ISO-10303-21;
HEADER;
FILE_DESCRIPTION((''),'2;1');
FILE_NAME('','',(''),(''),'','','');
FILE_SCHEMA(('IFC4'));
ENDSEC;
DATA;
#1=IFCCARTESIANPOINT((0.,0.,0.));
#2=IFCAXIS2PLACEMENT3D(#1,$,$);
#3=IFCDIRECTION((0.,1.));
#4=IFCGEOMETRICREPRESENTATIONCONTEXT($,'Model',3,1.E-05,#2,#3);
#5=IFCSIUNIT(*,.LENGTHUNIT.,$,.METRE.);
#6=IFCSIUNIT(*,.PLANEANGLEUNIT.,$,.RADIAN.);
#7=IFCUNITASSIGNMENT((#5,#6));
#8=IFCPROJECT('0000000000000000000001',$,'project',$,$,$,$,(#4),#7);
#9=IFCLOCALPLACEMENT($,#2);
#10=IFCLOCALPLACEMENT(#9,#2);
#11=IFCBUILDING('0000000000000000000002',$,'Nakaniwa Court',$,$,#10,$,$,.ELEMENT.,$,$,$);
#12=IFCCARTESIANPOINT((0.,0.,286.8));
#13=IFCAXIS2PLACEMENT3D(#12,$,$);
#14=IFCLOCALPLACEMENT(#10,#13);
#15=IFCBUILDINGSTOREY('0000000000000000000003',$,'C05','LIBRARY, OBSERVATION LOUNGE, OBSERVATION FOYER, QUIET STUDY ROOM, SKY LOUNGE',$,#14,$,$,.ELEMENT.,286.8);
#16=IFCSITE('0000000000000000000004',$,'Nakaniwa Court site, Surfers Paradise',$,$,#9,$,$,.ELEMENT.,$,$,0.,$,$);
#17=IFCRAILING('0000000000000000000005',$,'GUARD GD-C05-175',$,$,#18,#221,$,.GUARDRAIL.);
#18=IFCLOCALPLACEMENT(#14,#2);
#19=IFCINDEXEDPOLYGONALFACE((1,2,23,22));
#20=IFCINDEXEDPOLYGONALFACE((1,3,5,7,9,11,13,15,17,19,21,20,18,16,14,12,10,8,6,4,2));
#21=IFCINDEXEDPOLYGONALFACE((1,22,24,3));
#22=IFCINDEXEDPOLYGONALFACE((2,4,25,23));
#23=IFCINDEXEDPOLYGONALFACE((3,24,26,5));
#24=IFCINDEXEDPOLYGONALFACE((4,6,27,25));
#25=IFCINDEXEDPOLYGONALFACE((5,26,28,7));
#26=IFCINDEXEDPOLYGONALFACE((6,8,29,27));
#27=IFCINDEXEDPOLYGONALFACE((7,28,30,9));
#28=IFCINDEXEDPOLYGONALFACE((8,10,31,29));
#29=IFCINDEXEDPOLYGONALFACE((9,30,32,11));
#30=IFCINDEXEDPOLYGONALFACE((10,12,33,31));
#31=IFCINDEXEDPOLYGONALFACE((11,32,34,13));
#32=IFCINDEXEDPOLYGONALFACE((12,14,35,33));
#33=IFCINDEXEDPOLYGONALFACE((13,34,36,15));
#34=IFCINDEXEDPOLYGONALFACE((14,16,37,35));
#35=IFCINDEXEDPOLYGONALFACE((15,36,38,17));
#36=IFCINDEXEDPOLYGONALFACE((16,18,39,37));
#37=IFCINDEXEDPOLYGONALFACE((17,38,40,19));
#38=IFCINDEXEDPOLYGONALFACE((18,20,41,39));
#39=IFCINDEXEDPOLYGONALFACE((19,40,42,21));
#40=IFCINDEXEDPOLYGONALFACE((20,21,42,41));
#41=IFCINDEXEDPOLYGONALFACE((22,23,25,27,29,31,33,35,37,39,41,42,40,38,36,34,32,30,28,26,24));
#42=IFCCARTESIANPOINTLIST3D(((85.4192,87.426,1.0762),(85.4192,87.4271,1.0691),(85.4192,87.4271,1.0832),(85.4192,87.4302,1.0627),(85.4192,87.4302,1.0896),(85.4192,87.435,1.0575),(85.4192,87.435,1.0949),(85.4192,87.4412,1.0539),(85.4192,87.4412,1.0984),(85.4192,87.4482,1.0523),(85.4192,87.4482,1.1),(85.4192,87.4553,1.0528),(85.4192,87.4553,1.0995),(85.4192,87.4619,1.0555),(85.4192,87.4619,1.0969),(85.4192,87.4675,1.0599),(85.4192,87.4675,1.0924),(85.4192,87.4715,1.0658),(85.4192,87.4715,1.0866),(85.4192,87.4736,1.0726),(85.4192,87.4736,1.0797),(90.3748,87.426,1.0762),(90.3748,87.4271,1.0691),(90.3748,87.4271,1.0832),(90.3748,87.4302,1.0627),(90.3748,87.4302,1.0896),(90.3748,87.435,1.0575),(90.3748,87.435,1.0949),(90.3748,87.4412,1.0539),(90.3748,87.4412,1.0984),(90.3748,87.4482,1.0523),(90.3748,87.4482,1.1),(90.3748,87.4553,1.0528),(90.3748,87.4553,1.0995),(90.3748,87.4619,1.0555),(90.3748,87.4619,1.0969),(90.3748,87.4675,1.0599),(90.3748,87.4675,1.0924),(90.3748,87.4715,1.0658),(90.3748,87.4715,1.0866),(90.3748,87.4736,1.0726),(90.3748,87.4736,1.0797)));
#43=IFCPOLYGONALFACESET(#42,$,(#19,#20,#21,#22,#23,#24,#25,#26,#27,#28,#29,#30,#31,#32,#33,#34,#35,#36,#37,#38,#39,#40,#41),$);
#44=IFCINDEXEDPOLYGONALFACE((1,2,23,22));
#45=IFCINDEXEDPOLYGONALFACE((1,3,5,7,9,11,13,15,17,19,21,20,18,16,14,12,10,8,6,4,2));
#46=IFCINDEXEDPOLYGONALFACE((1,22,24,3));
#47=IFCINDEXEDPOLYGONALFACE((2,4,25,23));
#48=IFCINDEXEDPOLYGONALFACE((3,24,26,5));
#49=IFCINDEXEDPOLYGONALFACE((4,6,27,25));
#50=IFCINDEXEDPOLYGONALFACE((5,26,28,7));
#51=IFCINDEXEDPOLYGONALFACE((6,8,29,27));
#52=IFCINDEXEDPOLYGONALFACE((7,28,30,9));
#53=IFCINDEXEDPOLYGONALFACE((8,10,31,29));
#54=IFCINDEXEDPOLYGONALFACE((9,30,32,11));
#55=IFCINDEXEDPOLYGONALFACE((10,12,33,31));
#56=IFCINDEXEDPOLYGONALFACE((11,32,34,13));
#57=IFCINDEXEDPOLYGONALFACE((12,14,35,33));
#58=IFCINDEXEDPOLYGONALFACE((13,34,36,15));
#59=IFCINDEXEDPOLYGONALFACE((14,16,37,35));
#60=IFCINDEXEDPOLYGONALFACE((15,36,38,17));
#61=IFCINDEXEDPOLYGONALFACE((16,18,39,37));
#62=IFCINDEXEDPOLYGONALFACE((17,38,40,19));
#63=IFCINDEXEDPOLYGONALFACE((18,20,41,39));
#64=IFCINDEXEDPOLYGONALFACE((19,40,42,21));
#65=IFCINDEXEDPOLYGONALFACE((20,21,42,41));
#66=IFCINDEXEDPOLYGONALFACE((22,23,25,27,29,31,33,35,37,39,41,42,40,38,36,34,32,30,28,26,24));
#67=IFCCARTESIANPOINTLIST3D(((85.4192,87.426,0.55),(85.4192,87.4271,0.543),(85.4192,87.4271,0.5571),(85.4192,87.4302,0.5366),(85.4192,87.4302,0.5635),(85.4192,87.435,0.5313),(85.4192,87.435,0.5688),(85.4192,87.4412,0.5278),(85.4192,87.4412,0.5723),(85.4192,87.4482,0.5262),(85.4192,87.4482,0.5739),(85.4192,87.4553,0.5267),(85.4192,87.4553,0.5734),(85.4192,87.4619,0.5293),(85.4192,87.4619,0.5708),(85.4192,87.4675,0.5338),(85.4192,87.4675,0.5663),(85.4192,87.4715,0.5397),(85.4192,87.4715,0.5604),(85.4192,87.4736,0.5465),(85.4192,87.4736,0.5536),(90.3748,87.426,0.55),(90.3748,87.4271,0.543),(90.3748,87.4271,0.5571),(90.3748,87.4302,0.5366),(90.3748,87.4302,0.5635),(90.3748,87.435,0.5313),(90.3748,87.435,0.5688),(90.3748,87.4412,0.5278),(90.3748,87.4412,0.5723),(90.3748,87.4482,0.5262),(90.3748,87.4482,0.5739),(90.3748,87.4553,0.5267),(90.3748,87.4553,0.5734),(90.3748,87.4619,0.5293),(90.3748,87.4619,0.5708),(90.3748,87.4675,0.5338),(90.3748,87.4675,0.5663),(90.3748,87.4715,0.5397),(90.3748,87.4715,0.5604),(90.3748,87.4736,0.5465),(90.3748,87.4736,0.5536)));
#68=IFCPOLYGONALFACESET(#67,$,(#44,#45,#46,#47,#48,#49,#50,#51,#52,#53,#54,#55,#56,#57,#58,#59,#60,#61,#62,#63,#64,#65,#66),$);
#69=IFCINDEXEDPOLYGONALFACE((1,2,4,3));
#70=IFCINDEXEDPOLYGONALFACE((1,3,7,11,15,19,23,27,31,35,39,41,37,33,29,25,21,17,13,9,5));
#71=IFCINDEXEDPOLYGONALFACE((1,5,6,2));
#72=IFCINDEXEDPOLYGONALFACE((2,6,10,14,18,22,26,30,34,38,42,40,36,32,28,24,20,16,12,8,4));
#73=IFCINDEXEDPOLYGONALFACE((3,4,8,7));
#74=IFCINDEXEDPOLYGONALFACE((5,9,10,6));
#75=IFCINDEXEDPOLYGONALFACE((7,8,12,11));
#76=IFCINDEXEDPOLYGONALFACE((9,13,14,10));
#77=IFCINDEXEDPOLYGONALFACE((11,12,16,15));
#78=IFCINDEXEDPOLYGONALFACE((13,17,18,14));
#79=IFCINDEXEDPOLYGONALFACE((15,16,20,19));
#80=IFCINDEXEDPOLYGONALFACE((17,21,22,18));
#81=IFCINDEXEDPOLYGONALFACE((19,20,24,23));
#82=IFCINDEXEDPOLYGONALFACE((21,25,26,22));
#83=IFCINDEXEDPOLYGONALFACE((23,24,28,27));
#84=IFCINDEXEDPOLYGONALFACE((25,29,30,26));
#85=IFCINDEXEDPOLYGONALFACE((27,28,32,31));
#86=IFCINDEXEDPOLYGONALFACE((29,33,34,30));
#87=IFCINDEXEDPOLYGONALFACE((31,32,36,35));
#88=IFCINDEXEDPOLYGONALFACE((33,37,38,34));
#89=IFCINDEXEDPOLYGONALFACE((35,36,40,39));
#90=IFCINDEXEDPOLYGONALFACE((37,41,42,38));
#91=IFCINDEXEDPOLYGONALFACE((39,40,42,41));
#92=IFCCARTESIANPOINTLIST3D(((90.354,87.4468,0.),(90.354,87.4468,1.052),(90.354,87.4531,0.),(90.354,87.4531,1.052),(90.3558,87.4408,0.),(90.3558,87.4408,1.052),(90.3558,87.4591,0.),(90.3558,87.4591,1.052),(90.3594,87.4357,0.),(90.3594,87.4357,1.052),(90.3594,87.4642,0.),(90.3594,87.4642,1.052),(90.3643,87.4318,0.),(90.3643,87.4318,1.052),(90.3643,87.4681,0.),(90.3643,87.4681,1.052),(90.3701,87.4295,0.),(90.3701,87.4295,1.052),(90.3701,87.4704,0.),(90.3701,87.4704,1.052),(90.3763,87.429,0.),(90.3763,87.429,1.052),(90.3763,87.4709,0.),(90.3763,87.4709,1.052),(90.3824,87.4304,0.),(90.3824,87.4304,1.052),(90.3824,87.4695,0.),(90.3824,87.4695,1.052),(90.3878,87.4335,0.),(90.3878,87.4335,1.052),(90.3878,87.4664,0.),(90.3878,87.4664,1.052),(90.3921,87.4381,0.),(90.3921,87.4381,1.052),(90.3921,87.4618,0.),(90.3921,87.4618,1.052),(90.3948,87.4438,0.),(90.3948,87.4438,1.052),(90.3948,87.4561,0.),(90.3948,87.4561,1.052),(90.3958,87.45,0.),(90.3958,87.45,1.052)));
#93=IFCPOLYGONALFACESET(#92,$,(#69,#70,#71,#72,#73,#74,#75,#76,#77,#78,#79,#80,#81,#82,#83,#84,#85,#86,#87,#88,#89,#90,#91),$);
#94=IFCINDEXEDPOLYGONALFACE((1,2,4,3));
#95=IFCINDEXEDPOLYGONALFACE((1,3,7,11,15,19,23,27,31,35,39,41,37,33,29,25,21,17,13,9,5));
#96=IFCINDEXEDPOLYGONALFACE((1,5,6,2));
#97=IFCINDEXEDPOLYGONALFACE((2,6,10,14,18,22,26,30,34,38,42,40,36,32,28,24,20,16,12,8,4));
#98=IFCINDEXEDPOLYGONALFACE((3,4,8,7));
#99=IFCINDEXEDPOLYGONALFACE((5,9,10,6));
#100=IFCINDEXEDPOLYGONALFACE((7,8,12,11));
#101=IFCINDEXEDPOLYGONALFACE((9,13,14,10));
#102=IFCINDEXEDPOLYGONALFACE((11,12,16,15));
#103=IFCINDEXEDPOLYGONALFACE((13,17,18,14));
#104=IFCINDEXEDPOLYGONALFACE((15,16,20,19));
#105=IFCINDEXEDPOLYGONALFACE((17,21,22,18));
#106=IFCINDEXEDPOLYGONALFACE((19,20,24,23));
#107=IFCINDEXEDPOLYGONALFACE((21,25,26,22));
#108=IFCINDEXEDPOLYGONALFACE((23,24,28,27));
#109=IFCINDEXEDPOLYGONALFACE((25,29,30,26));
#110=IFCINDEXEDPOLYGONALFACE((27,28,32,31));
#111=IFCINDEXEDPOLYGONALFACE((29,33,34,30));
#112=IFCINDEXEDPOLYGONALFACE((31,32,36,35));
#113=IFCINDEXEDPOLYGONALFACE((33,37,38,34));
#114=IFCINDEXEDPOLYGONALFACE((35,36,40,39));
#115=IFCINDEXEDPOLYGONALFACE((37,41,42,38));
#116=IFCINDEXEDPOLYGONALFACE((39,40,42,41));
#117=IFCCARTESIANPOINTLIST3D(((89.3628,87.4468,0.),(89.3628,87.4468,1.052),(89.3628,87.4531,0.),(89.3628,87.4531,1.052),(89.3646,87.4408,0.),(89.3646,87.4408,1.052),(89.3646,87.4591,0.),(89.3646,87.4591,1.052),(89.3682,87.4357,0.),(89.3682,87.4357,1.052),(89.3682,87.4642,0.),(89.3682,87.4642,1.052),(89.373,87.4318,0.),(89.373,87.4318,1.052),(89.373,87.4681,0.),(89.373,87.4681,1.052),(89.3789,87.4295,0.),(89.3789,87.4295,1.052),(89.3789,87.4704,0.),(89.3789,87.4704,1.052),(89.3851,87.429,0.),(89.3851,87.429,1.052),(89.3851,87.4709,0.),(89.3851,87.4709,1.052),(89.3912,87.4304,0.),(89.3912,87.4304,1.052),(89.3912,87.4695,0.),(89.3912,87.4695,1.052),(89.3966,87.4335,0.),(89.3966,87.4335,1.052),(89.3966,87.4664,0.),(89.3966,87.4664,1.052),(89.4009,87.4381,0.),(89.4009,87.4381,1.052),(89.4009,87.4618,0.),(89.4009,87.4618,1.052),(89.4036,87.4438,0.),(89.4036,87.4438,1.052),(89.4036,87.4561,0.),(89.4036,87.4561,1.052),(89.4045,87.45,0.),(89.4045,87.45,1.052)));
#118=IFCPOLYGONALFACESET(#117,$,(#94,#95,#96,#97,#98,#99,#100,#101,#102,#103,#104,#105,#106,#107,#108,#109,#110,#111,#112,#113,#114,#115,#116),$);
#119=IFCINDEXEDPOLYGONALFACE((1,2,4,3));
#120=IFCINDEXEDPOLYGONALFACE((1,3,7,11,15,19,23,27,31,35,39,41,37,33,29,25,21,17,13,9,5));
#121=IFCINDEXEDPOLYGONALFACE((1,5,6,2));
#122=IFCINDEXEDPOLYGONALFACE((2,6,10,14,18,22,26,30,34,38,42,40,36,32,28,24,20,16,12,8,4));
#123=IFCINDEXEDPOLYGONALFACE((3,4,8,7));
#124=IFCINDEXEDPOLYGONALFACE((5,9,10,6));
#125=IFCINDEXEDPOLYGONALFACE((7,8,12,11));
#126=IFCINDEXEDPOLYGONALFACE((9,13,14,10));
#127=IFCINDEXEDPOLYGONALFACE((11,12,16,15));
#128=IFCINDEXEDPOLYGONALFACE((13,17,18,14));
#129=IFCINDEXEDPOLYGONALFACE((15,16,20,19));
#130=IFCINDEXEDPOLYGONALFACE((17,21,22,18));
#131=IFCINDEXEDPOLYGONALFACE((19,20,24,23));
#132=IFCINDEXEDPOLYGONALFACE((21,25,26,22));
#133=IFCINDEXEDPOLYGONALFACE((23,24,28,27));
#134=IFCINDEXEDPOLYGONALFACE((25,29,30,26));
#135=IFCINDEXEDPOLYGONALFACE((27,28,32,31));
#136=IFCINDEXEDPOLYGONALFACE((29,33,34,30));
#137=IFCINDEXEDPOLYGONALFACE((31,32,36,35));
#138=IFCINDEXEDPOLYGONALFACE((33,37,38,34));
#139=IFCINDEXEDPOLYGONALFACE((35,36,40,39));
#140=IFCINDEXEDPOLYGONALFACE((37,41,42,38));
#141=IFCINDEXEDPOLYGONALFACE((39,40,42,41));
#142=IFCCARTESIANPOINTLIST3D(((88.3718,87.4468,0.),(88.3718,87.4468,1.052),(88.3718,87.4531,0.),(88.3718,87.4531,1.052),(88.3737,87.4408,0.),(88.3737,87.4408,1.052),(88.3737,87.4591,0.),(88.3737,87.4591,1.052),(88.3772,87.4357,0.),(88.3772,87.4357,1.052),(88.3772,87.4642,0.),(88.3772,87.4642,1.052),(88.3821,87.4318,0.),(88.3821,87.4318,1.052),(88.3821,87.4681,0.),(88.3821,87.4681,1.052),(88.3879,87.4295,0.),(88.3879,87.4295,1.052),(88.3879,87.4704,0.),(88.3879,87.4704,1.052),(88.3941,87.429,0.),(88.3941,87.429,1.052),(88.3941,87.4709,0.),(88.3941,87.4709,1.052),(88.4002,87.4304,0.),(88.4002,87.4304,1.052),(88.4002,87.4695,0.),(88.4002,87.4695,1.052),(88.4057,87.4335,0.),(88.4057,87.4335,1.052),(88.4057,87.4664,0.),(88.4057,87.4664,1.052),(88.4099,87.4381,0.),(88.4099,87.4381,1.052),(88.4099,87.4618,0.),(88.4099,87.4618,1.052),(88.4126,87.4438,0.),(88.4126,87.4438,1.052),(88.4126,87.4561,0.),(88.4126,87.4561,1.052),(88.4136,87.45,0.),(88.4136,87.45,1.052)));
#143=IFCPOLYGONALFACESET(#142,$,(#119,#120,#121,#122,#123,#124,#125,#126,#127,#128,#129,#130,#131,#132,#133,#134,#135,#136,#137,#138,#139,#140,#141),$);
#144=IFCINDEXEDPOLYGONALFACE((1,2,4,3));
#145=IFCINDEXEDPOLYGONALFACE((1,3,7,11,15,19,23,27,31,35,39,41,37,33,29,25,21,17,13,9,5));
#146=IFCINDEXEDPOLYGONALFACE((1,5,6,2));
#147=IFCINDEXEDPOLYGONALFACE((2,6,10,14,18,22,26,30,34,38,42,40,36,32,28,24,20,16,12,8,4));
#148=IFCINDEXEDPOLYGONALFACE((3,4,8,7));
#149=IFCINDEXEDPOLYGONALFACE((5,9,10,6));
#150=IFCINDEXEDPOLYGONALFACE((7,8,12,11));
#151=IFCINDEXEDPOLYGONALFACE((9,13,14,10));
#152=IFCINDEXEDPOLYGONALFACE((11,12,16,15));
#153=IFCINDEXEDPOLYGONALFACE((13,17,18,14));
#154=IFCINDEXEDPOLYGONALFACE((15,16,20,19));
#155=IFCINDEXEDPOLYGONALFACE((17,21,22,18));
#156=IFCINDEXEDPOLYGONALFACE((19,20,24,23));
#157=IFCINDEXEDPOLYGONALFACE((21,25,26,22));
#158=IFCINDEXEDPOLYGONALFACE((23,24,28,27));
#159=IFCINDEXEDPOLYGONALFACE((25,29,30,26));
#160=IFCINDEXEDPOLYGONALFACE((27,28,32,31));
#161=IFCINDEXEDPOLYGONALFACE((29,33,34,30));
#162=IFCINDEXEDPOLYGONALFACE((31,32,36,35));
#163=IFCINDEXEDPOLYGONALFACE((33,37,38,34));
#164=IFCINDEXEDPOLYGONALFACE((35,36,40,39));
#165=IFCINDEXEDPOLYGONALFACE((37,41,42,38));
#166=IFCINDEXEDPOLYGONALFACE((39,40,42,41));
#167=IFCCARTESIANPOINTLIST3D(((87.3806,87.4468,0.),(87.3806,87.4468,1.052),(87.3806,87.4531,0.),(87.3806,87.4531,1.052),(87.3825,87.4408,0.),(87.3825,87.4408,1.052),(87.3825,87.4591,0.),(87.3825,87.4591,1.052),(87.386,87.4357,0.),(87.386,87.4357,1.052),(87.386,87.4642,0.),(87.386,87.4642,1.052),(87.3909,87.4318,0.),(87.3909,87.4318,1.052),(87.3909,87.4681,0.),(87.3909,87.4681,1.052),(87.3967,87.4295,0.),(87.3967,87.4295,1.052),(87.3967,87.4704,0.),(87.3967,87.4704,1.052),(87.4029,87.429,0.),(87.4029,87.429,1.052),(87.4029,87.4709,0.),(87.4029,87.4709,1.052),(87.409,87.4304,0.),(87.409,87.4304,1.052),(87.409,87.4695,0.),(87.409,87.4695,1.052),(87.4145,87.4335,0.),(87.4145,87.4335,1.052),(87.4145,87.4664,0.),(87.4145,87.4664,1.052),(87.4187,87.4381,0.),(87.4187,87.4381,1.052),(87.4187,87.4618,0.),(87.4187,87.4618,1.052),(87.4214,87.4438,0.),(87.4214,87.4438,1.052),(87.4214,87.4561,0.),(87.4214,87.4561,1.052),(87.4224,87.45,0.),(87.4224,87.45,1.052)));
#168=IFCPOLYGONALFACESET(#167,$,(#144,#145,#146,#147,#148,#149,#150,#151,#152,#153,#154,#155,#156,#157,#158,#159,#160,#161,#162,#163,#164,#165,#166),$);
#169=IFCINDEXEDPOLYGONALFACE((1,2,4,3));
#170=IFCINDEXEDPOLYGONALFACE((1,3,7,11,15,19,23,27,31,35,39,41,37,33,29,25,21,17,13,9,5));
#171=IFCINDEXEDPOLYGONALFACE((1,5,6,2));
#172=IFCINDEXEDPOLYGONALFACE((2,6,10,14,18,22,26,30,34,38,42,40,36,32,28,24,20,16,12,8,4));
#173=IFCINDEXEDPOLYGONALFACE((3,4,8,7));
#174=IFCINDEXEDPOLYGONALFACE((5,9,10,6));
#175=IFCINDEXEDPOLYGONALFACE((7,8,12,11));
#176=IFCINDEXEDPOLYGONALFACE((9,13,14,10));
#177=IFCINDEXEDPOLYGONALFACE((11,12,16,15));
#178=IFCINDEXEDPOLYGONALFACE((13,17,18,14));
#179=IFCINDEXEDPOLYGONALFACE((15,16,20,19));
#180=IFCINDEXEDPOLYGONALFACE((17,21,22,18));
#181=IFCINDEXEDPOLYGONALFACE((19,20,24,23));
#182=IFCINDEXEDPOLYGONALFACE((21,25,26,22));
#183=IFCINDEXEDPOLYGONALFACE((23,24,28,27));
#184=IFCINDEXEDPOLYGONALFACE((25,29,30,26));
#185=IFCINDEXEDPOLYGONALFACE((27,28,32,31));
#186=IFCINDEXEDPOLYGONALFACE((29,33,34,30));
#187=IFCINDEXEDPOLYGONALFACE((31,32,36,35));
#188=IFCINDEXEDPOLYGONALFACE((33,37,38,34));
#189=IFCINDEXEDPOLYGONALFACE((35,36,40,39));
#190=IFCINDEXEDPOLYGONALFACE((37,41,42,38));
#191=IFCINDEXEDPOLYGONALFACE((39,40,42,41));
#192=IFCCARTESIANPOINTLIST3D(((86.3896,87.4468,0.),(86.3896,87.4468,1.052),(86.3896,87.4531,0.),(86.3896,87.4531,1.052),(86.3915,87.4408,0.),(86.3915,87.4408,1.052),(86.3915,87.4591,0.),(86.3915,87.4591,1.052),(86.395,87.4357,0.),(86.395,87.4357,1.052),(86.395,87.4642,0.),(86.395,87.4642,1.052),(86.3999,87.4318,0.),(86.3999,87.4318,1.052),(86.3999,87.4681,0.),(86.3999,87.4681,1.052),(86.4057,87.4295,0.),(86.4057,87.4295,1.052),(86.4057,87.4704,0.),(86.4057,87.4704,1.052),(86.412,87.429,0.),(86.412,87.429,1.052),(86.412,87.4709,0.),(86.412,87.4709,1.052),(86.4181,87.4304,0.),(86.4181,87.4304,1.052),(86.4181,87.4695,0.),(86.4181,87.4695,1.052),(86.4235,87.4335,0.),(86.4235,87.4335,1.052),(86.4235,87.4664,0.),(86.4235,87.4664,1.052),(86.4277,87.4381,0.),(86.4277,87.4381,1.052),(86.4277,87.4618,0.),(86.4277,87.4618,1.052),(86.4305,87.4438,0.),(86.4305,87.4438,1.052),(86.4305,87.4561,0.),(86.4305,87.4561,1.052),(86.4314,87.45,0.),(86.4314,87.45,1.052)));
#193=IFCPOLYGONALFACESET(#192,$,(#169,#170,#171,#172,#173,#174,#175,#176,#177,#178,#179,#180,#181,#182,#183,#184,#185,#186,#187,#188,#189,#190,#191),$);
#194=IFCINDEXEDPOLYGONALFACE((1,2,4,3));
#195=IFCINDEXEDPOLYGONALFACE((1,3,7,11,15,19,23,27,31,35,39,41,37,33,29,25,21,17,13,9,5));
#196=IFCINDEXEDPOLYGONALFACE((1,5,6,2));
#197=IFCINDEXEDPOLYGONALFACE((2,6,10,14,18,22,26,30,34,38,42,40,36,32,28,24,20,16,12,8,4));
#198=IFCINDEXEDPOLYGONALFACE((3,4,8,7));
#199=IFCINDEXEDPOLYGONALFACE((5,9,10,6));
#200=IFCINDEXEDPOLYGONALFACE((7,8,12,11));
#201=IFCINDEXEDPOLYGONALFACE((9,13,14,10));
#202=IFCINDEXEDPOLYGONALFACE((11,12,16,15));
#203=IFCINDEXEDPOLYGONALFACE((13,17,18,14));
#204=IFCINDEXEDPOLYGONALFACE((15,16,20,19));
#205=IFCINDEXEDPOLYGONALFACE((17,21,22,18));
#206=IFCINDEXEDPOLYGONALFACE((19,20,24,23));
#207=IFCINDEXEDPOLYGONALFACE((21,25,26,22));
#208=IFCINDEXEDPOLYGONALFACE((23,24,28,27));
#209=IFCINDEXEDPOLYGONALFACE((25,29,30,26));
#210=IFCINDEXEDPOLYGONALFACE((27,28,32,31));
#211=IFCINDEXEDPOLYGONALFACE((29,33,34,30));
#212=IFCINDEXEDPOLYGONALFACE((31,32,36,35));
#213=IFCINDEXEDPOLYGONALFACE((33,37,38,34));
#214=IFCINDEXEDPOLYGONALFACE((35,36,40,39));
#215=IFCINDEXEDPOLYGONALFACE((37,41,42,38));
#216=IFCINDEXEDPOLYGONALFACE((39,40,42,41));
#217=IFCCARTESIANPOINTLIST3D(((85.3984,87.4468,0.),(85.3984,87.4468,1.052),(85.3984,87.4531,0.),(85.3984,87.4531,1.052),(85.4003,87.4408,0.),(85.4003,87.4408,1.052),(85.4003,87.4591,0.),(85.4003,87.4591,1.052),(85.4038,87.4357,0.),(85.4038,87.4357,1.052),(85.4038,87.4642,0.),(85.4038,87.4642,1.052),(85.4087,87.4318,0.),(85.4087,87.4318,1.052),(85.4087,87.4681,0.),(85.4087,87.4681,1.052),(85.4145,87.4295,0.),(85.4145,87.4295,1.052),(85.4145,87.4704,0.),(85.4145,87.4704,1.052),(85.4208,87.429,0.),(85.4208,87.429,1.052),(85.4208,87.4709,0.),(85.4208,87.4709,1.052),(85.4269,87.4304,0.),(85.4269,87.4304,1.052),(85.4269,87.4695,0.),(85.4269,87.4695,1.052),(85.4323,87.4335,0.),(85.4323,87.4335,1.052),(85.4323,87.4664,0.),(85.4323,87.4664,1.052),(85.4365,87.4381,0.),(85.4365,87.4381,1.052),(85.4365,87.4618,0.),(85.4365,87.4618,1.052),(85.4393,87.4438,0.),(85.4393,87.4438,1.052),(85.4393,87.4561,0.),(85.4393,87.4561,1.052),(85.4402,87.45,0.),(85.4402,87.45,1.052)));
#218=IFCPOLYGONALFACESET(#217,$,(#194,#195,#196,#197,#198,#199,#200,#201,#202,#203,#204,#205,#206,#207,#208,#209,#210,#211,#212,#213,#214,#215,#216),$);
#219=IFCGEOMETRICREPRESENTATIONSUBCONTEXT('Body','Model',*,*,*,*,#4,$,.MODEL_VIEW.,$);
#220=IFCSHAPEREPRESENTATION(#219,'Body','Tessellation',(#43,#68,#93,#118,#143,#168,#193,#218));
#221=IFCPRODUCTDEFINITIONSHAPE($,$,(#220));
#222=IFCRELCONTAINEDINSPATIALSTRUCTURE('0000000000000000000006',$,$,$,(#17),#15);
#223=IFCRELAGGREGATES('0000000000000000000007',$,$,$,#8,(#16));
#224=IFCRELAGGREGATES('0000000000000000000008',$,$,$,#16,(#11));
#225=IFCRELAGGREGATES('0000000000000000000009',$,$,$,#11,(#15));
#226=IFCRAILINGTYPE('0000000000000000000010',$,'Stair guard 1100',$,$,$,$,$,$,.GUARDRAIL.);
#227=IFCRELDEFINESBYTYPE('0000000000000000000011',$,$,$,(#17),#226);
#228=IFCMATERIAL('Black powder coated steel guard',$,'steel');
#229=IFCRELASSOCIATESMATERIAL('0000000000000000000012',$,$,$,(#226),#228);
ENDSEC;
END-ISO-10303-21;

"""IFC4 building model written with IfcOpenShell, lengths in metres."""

from ifc_helpers import new_model, si_unit, direction, frame, origin, origin_2d, place, context, subcontext, project, spatial, circle, extrude, material, type_object, element, save


model = new_model("IFC4")

# Units and contexts
model_context = context("Model", 3, precision=1e-05, world=origin(), true_north=direction((0.0, 1.0)))
body_context = subcontext(model_context, "Body", "Model", "MODEL_VIEW")
ifc_project = project(units=[si_unit("LENGTHUNIT", "METRE"), si_unit("PLANEANGLEUNIT", "RADIAN")], contexts=[model_context])

# Site, building, storey
site_placement = place(None, origin())
site = spatial("IfcSite", under=ifc_project, at=site_placement, Name="Nakaniwa Court site, Surfers Paradise", CompositionType="ELEMENT", RefElevation=0.0)
building_placement = place(site_placement, origin())
building = spatial("IfcBuilding", under=site, at=building_placement, Name="Nakaniwa Court", CompositionType="ELEMENT")
storey_placement = place(building_placement, frame((0.0, 0.0, 286.8)))
storey = spatial("IfcBuildingStorey", under=building, at=storey_placement, Name="C05", Description="LIBRARY, OBSERVATION LOUNGE, OBSERVATION FOYER, QUIET STUDY ROOM, SKY LOUNGE", CompositionType="ELEMENT", Elevation=286.8)

# Railing
ifc_material_1 = material(Name="Black powder coated steel guard", Category="steel")
railing_type = type_object("IfcRailingType", Name="Stair guard 1100", PredefinedType="GUARDRAIL", material=ifc_material_1)
railing_placement = place(storey_placement, frame((90.3748, 87.45, 0.0)))
element("IfcRailing", 1, at=railing_placement, inside=storey, type_object=railing_type, Name="GUARD GD-C05-175", PredefinedType="GUARDRAIL", context=body_context, shape_type="SweptSolid", body=[
    extrude(circle(Radius=0.0239, at=origin_2d()), frame((0.0, 0.0, 1.0762), z_axis=(-1.0, 0.0, 0.0), x_axis=(0.0, -1.0, 0.0)), (0.0, 0.0, 1.0), 4.9556),
    extrude(circle(Radius=0.0239, at=origin_2d()), frame((0.0, 0.0, 0.55), z_axis=(-1.0, 0.0, 0.0), x_axis=(0.0, -1.0, 0.0)), (0.0, 0.0, 1.0), 4.9556),
    extrude(circle(Radius=0.021, at=origin_2d()), origin(), (0.0, 0.0, 1.0), 1.052),
    extrude(circle(Radius=0.021, at=origin_2d()), frame((-0.9912, 0.0, 0.0)), (0.0, 0.0, 1.0), 1.052),
    extrude(circle(Radius=0.021, at=origin_2d()), frame((-1.9822, 0.0, 0.0)), (0.0, 0.0, 1.0), 1.052),
    extrude(circle(Radius=0.021, at=origin_2d()), frame((-2.9734, 0.0, 0.0)), (0.0, 0.0, 1.0), 1.052),
    extrude(circle(Radius=0.021, at=origin_2d()), frame((-3.9644, 0.0, 0.0)), (0.0, 0.0, 1.0), 1.052),
    extrude(circle(Radius=0.021, at=origin_2d()), frame((-4.9556, 0.0, 0.0)), (0.0, 0.0, 1.0), 1.052),
])

save(model, "model.ifc")
